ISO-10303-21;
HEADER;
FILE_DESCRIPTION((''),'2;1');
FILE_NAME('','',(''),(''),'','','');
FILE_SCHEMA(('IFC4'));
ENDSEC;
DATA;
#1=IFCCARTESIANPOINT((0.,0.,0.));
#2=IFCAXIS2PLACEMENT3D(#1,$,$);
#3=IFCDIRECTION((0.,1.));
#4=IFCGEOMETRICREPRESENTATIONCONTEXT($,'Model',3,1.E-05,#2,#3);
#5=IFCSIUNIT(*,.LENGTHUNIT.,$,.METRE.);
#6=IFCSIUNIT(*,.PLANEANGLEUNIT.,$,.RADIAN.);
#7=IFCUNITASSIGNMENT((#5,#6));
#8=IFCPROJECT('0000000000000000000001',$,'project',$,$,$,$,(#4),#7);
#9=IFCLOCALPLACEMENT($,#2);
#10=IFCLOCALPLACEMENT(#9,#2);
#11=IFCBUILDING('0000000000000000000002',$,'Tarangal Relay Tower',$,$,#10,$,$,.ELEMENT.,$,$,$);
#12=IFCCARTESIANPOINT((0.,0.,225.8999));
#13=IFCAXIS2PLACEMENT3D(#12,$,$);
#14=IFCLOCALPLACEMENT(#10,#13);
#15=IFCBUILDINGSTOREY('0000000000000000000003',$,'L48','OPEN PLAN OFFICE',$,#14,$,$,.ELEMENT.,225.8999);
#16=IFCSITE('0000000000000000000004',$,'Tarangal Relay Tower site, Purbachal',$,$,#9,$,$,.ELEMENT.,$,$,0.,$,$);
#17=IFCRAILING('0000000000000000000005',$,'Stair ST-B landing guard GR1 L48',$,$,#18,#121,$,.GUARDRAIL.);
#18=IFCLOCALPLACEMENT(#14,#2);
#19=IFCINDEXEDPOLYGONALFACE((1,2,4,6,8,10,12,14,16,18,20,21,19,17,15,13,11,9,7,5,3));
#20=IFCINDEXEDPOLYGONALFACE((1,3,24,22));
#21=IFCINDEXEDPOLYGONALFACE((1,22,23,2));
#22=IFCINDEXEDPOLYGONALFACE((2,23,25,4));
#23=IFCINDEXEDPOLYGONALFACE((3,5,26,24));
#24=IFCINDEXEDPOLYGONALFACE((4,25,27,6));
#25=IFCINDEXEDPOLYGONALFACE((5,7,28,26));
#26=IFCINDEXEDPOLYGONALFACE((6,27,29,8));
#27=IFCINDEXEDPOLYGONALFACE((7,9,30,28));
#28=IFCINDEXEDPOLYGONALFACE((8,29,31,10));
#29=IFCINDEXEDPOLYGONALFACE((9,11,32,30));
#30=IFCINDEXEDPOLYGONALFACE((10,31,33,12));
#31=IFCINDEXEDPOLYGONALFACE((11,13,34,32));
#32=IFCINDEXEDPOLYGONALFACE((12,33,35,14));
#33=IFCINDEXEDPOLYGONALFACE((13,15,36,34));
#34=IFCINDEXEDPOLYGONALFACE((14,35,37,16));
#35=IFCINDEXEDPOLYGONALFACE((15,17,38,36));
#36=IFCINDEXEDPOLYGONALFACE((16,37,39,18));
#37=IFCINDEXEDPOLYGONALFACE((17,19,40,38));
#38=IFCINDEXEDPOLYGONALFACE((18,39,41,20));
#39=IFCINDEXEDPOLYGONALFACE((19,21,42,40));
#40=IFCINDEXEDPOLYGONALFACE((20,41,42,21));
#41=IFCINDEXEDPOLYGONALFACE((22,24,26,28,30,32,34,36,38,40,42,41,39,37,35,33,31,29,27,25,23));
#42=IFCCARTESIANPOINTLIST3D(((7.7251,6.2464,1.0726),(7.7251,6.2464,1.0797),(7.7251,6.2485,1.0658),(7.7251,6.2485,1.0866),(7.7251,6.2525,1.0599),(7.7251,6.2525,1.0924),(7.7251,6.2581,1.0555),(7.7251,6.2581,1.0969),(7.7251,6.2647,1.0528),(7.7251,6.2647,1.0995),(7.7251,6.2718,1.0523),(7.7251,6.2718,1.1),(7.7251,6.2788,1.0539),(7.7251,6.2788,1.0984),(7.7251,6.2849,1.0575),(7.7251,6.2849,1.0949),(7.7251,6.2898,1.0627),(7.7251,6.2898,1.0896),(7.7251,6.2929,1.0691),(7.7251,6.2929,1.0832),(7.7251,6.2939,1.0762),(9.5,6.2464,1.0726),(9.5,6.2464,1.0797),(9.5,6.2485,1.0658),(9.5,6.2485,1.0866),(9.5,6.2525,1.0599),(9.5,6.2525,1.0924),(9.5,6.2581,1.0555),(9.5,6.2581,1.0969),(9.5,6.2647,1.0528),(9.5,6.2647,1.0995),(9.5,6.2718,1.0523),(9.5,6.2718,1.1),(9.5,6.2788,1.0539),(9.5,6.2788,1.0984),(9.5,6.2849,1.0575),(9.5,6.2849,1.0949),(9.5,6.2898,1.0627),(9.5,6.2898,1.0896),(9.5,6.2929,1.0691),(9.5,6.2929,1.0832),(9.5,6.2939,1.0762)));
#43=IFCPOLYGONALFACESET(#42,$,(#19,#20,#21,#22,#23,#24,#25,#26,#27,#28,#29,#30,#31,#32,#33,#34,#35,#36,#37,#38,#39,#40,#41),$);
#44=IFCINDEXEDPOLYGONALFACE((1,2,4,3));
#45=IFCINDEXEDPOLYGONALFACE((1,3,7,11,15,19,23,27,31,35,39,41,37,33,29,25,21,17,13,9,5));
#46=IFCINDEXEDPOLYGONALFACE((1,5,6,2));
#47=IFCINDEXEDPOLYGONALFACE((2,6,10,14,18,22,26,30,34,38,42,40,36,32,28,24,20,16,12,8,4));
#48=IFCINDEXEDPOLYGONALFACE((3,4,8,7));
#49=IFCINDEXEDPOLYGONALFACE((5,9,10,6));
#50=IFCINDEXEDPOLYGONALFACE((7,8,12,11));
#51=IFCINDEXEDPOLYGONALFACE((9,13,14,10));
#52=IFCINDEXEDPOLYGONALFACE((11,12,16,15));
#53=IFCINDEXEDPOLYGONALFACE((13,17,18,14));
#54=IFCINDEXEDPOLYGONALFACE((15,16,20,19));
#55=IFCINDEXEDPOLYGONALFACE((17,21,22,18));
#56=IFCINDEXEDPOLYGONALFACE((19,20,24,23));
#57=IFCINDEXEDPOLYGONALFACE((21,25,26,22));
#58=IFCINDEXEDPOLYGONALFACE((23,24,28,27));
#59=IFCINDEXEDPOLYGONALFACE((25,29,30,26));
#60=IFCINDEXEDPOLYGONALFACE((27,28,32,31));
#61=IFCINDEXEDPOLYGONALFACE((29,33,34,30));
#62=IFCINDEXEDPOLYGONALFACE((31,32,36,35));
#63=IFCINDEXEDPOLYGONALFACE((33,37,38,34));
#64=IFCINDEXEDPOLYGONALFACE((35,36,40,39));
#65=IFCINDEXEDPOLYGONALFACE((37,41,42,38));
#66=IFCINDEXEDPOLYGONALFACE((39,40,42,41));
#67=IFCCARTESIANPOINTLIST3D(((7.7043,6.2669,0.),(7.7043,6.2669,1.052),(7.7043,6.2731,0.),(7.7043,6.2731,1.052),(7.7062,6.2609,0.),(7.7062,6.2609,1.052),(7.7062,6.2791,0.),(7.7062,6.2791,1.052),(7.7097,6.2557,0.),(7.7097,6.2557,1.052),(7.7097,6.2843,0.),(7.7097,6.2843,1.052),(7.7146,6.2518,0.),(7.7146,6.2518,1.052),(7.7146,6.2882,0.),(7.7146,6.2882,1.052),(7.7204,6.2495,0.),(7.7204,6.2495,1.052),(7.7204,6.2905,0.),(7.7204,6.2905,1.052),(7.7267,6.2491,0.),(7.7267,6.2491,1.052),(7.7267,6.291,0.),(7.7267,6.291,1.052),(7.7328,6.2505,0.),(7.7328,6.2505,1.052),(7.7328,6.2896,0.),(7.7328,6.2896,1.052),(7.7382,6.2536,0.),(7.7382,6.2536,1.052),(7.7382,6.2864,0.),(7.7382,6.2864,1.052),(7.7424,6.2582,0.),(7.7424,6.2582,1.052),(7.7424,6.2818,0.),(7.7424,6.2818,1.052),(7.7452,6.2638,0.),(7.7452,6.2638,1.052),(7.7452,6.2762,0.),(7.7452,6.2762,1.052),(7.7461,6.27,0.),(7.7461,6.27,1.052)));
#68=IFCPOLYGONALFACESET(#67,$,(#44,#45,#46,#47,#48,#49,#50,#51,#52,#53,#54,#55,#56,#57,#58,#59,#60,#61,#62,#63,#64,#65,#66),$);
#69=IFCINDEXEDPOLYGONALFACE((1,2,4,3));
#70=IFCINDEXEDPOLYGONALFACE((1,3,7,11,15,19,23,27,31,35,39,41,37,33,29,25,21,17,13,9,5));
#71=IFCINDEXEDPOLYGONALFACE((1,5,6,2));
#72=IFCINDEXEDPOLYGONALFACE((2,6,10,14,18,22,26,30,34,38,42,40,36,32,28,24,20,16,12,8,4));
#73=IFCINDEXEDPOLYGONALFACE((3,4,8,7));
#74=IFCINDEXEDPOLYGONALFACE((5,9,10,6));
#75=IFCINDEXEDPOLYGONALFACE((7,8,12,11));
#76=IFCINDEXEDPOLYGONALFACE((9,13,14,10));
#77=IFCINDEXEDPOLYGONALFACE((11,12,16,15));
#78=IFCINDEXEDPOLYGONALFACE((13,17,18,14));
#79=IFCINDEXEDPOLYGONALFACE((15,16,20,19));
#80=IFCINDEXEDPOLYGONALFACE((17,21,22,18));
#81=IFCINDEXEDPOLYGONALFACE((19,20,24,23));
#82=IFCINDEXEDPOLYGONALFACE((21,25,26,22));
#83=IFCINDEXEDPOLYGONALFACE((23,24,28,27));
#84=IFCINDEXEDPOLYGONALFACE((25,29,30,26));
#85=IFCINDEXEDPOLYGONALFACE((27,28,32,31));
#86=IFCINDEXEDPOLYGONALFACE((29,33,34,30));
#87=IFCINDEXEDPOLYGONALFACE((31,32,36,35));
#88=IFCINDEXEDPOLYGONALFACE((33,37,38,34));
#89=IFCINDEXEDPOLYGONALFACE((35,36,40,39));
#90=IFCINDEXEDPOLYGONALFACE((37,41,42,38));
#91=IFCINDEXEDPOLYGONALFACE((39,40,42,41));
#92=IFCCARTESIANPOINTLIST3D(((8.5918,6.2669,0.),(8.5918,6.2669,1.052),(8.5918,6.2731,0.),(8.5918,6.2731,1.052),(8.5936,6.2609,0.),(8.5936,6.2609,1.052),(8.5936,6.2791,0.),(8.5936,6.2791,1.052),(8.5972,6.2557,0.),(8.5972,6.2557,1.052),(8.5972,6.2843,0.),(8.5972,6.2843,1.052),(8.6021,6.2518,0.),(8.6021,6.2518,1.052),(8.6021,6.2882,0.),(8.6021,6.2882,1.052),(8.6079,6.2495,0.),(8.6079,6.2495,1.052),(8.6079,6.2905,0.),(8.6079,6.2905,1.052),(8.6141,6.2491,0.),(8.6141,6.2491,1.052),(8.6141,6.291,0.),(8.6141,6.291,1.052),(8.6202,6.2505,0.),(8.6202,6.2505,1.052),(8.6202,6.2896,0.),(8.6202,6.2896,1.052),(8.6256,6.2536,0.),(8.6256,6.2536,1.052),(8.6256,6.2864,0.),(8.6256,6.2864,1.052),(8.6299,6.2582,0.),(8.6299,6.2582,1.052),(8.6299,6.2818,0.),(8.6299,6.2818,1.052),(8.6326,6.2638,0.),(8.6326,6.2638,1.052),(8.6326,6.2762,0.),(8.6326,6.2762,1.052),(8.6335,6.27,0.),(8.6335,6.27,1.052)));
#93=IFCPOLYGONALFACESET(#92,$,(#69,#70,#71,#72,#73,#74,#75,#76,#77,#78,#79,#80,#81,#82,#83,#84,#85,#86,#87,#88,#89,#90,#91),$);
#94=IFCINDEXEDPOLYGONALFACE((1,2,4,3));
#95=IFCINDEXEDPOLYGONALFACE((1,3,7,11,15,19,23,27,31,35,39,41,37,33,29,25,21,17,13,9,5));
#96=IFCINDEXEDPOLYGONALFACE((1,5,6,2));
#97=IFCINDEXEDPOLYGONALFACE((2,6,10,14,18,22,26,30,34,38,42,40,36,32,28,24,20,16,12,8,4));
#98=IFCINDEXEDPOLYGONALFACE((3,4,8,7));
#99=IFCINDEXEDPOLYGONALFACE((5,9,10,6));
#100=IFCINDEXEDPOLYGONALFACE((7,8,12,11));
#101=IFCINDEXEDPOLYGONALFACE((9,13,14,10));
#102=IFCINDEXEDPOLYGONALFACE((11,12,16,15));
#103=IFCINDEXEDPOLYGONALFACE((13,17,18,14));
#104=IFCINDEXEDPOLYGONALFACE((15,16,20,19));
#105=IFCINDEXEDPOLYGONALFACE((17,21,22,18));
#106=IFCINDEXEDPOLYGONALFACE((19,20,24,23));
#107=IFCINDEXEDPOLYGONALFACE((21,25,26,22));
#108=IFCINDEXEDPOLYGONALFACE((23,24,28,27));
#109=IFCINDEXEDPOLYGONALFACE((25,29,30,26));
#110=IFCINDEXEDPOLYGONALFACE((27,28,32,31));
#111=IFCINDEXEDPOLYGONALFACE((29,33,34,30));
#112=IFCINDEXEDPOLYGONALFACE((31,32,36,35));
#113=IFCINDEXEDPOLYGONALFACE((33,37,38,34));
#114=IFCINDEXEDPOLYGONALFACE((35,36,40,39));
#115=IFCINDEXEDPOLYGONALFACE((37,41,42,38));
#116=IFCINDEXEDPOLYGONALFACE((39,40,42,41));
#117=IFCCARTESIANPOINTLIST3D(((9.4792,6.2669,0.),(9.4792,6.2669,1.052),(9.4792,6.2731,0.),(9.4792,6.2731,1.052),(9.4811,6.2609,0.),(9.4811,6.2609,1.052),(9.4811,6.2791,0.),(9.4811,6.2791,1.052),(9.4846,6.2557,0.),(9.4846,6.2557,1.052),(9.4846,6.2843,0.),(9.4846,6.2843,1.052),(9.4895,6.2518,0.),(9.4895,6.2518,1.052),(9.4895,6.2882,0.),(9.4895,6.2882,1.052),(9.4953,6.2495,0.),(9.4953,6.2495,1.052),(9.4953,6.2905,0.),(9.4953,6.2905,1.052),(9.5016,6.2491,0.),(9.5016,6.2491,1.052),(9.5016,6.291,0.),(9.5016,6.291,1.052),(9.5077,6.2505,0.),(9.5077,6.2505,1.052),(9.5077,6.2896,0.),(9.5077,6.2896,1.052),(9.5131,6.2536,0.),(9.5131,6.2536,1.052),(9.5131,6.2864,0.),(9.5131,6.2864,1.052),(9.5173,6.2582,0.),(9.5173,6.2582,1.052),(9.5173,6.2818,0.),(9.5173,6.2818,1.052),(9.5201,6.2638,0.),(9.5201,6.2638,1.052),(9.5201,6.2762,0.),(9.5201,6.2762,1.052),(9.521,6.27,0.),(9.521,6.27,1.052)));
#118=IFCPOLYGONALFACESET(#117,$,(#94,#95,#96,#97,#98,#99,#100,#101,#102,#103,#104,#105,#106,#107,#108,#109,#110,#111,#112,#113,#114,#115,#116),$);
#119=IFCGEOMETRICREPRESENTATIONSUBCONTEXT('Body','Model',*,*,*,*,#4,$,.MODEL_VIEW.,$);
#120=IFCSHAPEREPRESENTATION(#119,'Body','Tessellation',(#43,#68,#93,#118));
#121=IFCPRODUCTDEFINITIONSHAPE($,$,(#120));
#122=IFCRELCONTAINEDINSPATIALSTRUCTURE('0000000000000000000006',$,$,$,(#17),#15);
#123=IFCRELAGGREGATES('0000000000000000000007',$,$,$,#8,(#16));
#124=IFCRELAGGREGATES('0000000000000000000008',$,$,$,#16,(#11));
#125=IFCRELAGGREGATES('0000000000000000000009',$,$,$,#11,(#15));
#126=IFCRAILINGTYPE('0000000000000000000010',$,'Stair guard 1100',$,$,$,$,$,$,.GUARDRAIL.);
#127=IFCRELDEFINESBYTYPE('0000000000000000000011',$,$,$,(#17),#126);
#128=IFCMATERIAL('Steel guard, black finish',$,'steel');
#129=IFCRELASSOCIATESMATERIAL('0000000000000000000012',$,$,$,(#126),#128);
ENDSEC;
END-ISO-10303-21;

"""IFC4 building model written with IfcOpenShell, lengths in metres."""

from ifc_helpers import new_model, si_unit, direction, frame, origin, origin_2d, place, context, subcontext, project, spatial, circle, extrude, material, type_object, element, save


model = new_model("IFC4")

# Units and contexts
model_context = context("Model", 3, precision=1e-05, world=origin(), true_north=direction((0.0, 1.0)))
body_context = subcontext(model_context, "Body", "Model", "MODEL_VIEW")
ifc_project = project(units=[si_unit("LENGTHUNIT", "METRE"), si_unit("PLANEANGLEUNIT", "RADIAN")], contexts=[model_context])

# Site, building, storey
site_placement = place(None, origin())
site = spatial("IfcSite", under=ifc_project, at=site_placement, Name="Tarangal Relay Tower site, Purbachal", CompositionType="ELEMENT", RefElevation=0.0)
building_placement = place(site_placement, origin())
building = spatial("IfcBuilding", under=site, at=building_placement, Name="Tarangal Relay Tower", CompositionType="ELEMENT")
storey_placement = place(building_placement, frame((0.0, 0.0, 225.8999)))
storey = spatial("IfcBuildingStorey", under=building, at=storey_placement, Name="L48", Description="OPEN PLAN OFFICE", CompositionType="ELEMENT", Elevation=225.8999)

# Railing
ifc_material_1 = material(Name="Steel guard, black finish", Category="steel")
railing_type_1 = type_object("IfcRailingType", Name="Stair guard 1100", PredefinedType="GUARDRAIL", material=ifc_material_1)
railing_1_placement = place(storey_placement, frame((7.7251, 6.27, 0.0)))
element("IfcRailing", 1, at=railing_1_placement, inside=storey, type_object=railing_type_1, Name="Stair ST-B landing guard GR1 L48", PredefinedType="GUARDRAIL", context=body_context, shape_type="SweptSolid", body=[
    extrude(circle(Radius=0.0239, at=origin_2d()), frame((0.0, 0.0, 1.0762), z_axis=(1.0, 0.0, 0.0), x_axis=(0.0, 1.0, 0.0)), (0.0, 0.0, 1.0), 1.7749),
    extrude(circle(Radius=0.021, at=origin_2d()), origin(), (0.0, 0.0, 1.0), 1.052),
    extrude(circle(Radius=0.021, at=origin_2d()), frame((0.8875, 0.0, 0.0)), (0.0, 0.0, 1.0), 1.052),
    extrude(circle(Radius=0.021, at=origin_2d()), frame((1.7749, 0.0, 0.0)), (0.0, 0.0, 1.0), 1.052),
])

save(model, "model.ifc")
